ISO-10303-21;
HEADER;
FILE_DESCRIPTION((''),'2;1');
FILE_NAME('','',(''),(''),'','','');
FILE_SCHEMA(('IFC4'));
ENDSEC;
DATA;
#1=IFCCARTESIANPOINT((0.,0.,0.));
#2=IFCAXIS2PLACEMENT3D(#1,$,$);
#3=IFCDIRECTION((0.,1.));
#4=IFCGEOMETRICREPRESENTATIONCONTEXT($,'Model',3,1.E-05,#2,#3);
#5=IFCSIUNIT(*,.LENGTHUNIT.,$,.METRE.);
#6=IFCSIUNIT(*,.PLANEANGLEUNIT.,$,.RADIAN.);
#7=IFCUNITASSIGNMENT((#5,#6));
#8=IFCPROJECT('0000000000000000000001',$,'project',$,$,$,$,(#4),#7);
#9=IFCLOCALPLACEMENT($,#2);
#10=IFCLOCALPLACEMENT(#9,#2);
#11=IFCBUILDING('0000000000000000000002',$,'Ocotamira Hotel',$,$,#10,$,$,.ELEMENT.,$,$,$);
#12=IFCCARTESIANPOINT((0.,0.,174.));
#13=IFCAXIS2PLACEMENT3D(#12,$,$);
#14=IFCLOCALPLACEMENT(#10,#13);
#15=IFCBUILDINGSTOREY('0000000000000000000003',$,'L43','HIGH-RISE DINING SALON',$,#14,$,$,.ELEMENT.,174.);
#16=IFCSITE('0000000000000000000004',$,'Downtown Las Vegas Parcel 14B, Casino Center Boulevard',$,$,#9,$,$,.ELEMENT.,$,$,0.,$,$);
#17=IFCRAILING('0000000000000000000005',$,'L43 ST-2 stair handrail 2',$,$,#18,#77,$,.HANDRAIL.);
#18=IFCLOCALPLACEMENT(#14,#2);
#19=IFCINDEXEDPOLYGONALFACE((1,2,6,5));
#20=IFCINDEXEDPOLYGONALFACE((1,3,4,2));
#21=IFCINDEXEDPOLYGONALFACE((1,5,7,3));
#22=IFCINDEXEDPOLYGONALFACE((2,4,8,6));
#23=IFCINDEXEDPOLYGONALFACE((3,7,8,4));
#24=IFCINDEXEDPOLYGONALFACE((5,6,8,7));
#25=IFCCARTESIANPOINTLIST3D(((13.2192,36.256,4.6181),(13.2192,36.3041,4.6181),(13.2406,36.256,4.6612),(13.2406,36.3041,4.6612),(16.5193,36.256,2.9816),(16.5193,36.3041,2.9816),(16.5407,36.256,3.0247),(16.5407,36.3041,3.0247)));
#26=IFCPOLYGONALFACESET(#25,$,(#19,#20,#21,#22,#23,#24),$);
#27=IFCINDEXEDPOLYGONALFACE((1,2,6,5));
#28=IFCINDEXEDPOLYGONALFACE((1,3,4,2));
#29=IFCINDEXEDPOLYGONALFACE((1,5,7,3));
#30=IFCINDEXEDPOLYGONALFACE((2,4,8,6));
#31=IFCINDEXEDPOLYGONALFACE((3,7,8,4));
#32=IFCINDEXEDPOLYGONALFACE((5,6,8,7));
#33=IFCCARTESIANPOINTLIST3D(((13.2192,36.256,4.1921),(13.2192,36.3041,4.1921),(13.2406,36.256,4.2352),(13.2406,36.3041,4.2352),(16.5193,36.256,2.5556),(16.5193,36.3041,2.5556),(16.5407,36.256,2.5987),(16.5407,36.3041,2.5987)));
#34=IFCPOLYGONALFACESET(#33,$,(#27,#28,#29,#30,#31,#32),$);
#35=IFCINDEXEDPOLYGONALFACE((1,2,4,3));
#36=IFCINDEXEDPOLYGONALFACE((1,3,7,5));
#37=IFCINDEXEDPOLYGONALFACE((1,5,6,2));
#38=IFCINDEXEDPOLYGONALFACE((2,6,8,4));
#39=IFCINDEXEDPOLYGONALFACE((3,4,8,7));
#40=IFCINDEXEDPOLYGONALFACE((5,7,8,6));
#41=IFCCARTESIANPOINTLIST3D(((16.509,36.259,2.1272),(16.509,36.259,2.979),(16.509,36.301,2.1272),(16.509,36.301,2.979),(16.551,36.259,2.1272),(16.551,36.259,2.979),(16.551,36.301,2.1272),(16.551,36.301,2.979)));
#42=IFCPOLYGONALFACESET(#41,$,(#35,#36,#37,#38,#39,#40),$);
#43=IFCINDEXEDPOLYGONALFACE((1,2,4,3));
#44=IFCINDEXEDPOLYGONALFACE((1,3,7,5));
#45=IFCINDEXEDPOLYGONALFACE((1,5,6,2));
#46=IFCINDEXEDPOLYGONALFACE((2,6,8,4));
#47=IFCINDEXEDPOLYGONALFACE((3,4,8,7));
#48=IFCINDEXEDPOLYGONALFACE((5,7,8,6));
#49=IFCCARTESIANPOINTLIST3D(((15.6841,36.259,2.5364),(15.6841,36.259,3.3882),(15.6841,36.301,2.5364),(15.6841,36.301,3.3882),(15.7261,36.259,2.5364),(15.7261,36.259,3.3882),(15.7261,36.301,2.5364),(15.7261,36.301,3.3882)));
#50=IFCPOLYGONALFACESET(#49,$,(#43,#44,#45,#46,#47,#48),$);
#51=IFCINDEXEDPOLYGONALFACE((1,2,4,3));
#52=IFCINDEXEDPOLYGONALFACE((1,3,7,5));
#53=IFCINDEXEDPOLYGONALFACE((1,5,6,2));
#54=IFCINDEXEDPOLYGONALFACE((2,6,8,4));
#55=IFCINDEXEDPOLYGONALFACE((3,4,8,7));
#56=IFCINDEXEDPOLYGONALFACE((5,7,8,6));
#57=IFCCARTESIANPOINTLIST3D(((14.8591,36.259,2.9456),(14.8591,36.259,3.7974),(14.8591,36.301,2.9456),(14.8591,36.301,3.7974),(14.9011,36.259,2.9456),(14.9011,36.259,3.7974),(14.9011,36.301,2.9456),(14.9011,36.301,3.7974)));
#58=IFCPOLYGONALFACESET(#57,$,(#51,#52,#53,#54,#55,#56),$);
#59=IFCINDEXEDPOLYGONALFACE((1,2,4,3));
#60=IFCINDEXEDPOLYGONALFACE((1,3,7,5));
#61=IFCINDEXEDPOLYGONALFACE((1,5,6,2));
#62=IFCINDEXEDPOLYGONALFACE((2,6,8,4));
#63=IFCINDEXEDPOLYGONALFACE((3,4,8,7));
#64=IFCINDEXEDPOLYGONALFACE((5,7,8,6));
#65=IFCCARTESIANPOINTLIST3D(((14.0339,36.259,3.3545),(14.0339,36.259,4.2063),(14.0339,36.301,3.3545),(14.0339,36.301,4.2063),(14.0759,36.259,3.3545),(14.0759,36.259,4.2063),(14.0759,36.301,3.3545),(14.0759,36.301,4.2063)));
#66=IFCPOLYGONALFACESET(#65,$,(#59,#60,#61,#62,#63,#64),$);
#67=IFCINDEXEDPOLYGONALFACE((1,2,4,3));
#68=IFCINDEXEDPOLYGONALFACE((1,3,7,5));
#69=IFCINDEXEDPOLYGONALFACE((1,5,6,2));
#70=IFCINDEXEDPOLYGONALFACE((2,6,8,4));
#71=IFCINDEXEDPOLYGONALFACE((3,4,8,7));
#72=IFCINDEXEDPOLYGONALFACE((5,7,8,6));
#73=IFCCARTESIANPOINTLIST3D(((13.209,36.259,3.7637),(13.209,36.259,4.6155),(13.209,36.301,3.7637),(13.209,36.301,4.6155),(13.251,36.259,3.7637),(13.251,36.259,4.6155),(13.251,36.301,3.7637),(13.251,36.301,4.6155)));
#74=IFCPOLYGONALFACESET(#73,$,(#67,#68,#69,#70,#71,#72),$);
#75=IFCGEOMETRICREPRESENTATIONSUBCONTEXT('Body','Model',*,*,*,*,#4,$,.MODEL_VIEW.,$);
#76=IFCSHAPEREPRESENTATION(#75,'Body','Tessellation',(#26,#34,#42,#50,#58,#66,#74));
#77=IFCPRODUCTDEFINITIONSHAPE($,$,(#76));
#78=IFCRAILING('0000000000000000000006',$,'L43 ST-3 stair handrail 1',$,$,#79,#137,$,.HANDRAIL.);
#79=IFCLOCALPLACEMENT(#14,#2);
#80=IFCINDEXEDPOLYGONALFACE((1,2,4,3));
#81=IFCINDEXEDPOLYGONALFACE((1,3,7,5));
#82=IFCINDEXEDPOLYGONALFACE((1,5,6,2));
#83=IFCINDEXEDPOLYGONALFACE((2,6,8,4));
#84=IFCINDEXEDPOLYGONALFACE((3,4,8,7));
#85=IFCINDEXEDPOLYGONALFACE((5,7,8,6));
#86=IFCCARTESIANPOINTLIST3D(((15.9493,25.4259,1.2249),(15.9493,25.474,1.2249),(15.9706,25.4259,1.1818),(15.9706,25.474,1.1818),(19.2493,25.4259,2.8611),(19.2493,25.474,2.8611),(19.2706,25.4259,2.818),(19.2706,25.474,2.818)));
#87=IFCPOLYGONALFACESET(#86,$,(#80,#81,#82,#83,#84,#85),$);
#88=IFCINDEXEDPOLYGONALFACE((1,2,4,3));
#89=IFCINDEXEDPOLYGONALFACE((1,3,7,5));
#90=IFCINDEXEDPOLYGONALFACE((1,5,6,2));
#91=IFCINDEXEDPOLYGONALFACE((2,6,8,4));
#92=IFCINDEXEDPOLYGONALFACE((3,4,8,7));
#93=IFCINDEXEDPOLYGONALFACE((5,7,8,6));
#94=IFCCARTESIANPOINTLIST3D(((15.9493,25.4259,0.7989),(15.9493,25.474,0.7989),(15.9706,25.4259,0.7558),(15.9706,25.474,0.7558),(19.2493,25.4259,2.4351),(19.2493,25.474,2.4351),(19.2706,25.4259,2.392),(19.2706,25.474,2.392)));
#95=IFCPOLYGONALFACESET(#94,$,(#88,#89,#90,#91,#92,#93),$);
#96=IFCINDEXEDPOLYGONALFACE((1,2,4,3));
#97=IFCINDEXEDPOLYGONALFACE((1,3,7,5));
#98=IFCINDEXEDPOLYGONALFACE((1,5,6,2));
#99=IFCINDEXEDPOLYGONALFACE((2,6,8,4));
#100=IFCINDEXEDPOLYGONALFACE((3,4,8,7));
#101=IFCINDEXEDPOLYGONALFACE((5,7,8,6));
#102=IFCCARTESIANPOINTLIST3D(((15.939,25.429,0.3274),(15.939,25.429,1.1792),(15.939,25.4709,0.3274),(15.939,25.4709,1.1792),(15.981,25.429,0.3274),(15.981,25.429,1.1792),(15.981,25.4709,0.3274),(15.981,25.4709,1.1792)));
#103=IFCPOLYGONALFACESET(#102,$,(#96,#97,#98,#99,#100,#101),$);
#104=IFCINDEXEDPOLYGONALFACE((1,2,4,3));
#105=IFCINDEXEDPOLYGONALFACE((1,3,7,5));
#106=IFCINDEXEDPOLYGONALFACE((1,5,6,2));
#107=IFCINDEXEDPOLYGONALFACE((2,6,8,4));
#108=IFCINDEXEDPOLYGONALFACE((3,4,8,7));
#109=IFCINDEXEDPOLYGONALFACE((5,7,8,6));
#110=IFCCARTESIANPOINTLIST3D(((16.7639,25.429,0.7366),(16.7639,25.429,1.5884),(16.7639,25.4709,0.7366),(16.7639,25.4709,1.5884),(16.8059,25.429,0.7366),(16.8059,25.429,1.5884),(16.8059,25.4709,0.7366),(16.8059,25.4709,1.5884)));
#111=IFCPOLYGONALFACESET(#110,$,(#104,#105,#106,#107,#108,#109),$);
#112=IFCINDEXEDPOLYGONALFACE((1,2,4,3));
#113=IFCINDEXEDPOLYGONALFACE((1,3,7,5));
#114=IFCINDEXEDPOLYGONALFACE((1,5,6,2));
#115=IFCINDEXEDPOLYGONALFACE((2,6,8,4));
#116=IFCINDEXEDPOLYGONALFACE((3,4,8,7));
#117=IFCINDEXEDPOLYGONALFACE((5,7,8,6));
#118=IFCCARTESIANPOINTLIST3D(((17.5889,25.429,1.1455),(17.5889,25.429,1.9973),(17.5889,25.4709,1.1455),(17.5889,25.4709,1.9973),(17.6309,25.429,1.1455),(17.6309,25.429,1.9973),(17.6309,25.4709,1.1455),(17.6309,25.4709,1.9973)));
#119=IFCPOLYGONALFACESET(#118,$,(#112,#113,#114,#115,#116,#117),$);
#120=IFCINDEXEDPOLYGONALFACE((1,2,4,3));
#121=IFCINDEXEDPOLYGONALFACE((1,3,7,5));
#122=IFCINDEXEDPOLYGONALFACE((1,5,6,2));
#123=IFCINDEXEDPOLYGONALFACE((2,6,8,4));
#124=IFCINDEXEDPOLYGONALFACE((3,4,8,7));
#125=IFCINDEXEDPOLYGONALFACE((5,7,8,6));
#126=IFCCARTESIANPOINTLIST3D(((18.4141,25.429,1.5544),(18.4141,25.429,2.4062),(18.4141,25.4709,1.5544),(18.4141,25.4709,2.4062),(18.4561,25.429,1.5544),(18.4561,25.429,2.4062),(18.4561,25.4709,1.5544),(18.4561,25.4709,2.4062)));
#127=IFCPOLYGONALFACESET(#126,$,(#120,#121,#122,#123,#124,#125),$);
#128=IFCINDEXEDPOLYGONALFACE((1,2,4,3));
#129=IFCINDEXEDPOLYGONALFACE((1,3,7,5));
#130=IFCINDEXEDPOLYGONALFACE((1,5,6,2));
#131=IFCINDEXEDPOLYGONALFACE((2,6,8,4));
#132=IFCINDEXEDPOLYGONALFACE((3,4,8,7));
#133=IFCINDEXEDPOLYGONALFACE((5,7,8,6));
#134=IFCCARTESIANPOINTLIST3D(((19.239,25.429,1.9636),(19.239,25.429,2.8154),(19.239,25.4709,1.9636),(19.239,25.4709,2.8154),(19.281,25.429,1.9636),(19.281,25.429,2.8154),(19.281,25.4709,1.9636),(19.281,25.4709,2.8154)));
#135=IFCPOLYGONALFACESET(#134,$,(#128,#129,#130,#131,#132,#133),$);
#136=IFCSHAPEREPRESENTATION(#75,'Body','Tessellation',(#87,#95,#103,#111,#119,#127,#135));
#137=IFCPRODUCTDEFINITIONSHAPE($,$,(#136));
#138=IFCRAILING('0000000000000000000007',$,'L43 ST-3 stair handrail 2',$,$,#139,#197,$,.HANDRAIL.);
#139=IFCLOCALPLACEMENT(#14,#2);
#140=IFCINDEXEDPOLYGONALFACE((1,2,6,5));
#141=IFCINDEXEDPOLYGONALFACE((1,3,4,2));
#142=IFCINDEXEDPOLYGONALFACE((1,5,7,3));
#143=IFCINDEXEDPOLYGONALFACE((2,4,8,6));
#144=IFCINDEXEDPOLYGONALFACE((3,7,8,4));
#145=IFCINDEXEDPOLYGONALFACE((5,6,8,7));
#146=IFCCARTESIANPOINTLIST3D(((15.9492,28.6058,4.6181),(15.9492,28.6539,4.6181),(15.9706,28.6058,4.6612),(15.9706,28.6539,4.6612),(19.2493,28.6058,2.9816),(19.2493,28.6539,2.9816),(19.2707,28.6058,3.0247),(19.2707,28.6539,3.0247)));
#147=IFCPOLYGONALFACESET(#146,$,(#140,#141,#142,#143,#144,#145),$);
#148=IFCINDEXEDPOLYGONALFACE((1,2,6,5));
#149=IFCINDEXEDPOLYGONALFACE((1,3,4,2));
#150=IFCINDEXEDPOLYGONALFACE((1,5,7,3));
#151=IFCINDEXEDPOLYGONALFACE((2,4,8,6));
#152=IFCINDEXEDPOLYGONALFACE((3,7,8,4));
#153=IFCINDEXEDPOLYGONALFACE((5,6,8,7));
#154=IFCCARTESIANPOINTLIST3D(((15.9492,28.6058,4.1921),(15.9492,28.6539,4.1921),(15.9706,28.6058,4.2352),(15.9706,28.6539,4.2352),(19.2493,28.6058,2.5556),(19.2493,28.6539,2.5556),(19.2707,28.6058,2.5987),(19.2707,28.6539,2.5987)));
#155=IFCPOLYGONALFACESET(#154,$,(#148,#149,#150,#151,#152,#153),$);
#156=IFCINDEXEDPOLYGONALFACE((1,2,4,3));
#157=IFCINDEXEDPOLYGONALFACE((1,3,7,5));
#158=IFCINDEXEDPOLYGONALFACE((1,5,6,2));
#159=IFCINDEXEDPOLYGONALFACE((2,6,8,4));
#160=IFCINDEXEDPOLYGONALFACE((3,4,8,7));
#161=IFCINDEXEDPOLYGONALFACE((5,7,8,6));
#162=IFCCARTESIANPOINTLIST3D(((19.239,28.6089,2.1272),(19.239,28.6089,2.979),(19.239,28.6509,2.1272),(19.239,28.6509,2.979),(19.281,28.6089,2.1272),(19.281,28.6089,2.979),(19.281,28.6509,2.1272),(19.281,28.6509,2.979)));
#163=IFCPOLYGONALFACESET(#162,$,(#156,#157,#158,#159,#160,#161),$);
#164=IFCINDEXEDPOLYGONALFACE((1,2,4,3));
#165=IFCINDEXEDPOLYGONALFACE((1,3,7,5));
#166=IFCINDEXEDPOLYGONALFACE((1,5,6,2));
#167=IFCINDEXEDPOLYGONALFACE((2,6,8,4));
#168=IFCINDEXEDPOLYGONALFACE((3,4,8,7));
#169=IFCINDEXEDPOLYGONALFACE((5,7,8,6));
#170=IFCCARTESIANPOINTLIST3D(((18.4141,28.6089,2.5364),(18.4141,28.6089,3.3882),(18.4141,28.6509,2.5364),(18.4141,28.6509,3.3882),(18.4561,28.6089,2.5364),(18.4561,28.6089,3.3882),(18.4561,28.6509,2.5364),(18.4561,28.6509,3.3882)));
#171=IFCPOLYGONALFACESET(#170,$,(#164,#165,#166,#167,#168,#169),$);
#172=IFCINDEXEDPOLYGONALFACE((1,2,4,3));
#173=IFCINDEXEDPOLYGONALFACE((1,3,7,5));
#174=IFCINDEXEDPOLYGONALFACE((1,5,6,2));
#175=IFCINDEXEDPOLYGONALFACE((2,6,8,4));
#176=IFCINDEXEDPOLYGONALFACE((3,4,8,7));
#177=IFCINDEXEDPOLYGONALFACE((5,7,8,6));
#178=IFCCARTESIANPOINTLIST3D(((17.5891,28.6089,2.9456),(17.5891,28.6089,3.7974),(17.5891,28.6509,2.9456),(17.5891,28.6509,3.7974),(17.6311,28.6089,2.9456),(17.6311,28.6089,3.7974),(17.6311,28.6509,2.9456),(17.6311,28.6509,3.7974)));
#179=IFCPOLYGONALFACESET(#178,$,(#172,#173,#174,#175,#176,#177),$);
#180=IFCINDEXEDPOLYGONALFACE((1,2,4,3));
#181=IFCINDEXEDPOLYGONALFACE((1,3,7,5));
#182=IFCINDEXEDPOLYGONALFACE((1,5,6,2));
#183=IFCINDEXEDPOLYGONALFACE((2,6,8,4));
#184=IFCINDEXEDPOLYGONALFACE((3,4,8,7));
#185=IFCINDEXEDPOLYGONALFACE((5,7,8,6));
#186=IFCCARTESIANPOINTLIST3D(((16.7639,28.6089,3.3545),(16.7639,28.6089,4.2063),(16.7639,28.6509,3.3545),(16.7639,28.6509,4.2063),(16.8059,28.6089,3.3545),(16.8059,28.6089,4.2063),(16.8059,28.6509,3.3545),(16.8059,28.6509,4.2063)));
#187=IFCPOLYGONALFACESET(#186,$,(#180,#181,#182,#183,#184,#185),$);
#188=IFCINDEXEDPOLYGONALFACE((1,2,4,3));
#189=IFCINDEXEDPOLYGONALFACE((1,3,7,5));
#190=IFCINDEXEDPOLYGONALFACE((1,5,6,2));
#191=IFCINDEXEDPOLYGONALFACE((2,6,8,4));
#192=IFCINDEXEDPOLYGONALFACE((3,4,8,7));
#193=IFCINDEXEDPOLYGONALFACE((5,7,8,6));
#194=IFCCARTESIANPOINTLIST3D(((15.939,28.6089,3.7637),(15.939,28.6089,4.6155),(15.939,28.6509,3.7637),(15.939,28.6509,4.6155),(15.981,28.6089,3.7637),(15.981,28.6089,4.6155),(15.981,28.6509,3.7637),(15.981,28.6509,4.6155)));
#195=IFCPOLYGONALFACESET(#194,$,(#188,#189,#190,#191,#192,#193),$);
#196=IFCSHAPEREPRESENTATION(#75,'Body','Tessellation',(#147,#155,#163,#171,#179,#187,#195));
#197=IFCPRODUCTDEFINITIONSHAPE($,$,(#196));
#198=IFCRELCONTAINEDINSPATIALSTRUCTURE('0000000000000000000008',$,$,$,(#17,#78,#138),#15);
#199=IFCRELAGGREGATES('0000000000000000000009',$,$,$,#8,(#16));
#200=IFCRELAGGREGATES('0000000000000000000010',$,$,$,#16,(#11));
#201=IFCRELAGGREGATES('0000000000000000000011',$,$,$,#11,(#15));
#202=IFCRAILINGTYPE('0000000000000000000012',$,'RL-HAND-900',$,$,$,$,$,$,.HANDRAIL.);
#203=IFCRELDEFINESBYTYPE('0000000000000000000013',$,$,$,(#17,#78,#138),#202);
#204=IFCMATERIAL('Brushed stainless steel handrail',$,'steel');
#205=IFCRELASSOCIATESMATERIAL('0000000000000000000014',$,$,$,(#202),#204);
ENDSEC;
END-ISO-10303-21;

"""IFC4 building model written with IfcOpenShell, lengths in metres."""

from ifc_helpers import new_model, si_unit, direction, frame, origin, origin_2d, place, context, subcontext, project, spatial, rectangle, extrude, material, type_object, element, save


model = new_model("IFC4")

# Units and contexts
model_context = context("Model", 3, precision=1e-05, world=origin(), true_north=direction((0.0, 1.0)))
body_context = subcontext(model_context, "Body", "Model", "MODEL_VIEW")
ifc_project = project(units=[si_unit("LENGTHUNIT", "METRE"), si_unit("PLANEANGLEUNIT", "RADIAN")], contexts=[model_context])

# Site, building, storey
site_placement = place(None, origin())
site = spatial("IfcSite", under=ifc_project, at=site_placement, Name="Downtown Las Vegas Parcel 14B, Casino Center Boulevard", CompositionType="ELEMENT", RefElevation=0.0)
building_placement = place(site_placement, origin())
building = spatial("IfcBuilding", under=site, at=building_placement, Name="Ocotamira Hotel", CompositionType="ELEMENT")
storey_placement = place(building_placement, frame((0.0, 0.0, 174.0)))
storey = spatial("IfcBuildingStorey", under=building, at=storey_placement, Name="L43", Description="HIGH-RISE DINING SALON", CompositionType="ELEMENT", Elevation=174.0)

# Railings
ifc_material_1 = material(Name="Brushed stainless steel handrail", Category="steel")
railing_type_1 = type_object("IfcRailingType", Name="RL-HAND-900", PredefinedType="HANDRAIL", material=ifc_material_1)
railing_1_placement = place(storey_placement, frame((16.53, 36.28, 2.1272)))
element("IfcRailing", 1, at=railing_1_placement, inside=storey, type_object=railing_type_1, Name="L43 ST-2 stair handrail 2", PredefinedType="HANDRAIL", context=body_context, shape_type="SweptSolid", body=[
    extrude(rectangle(XDim=0.0481, YDim=0.0481, at=origin_2d()), frame((0.0, 0.0, 0.876), z_axis=(-0.895894, 0.0, 0.444268), x_axis=(0.0, -1.0, 0.0)), (0.0, 0.0, 1.0), 3.6836),
    extrude(rectangle(XDim=0.0481, YDim=0.0481, at=origin_2d()), frame((0.0, 0.0, 0.45), z_axis=(-0.895894, 0.0, 0.444268), x_axis=(0.0, -1.0, 0.0)), (0.0, 0.0, 1.0), 3.6836),
    extrude(rectangle(XDim=0.042, YDim=0.042, at=origin_2d()), origin(), (0.0, 0.0, 1.0), 0.8518),
    extrude(rectangle(XDim=0.042, YDim=0.042, at=origin_2d()), frame((-0.825, 0.0, 0.4092)), (0.0, 0.0, 1.0), 0.8518),
    extrude(rectangle(XDim=0.042, YDim=0.042, at=origin_2d()), frame((-1.6499, 0.0, 0.8184)), (0.0, 0.0, 1.0), 0.8518),
    extrude(rectangle(XDim=0.042, YDim=0.042, at=origin_2d()), frame((-2.4751, 0.0, 1.2273)), (0.0, 0.0, 1.0), 0.8518),
    extrude(rectangle(XDim=0.042, YDim=0.042, at=origin_2d()), frame((-3.3, 0.0, 1.6365)), (0.0, 0.0, 1.0), 0.8518),
])
railing_2_placement = place(storey_placement, frame((15.96, 25.45, 0.3274)))
element("IfcRailing", 2, at=railing_2_placement, inside=storey, type_object=railing_type_1, Name="L43 ST-3 stair handrail 1", PredefinedType="HANDRAIL", context=body_context, shape_type="SweptSolid", body=[
    extrude(rectangle(XDim=0.0481, YDim=0.0481, at=origin_2d()), frame((0.0, 0.0, 0.876), z_axis=(0.89592, 0.0, 0.444215), x_axis=(0.0, 1.0, 0.0)), (0.0, 0.0, 1.0), 3.6833),
    extrude(rectangle(XDim=0.0481, YDim=0.0481, at=origin_2d()), frame((0.0, 0.0, 0.45), z_axis=(0.89592, 0.0, 0.444215), x_axis=(0.0, 1.0, 0.0)), (0.0, 0.0, 1.0), 3.6833),
    extrude(rectangle(XDim=0.042, YDim=0.042, at=origin_2d()), origin(), (0.0, 0.0, 1.0), 0.8518),
    extrude(rectangle(XDim=0.042, YDim=0.042, at=origin_2d()), frame((0.825, 0.0, 0.4092)), (0.0, 0.0, 1.0), 0.8518),
    extrude(rectangle(XDim=0.042, YDim=0.042, at=origin_2d()), frame((1.6499, 0.0, 0.8181)), (0.0, 0.0, 1.0), 0.8518),
    extrude(rectangle(XDim=0.042, YDim=0.042, at=origin_2d()), frame((2.4751, 0.0, 1.2271)), (0.0, 0.0, 1.0), 0.8518),
    extrude(rectangle(XDim=0.042, YDim=0.042, at=origin_2d()), frame((3.3, 0.0, 1.6362)), (0.0, 0.0, 1.0), 0.8518),
])
railing_3_placement = place(storey_placement, frame((19.26, 28.6299, 2.1272)))
element("IfcRailing", 3, at=railing_3_placement, inside=storey, type_object=railing_type_1, Name="L43 ST-3 stair handrail 2", PredefinedType="HANDRAIL", context=body_context, shape_type="SweptSolid", body=[
    extrude(rectangle(XDim=0.0481, YDim=0.0481, at=origin_2d()), frame((0.0, 0.0, 0.876), z_axis=(-0.895894, 0.0, 0.444268), x_axis=(0.0, -1.0, 0.0)), (0.0, 0.0, 1.0), 3.6836),
    extrude(rectangle(XDim=0.0481, YDim=0.0481, at=origin_2d()), frame((0.0, 0.0, 0.45), z_axis=(-0.895894, 0.0, 0.444268), x_axis=(0.0, -1.0, 0.0)), (0.0, 0.0, 1.0), 3.6836),
    extrude(rectangle(XDim=0.042, YDim=0.042, at=origin_2d()), origin(), (0.0, 0.0, 1.0), 0.8518),
    extrude(rectangle(XDim=0.042, YDim=0.042, at=origin_2d()), frame((-0.825, 0.0, 0.4092)), (0.0, 0.0, 1.0), 0.8518),
    extrude(rectangle(XDim=0.042, YDim=0.042, at=origin_2d()), frame((-1.6499, 0.0, 0.8184)), (0.0, 0.0, 1.0), 0.8518),
    extrude(rectangle(XDim=0.042, YDim=0.042, at=origin_2d()), frame((-2.4751, 0.0, 1.2273)), (0.0, 0.0, 1.0), 0.8518),
    extrude(rectangle(XDim=0.042, YDim=0.042, at=origin_2d()), frame((-3.3, 0.0, 1.6365)), (0.0, 0.0, 1.0), 0.8518),
])

save(model, "model.ifc")
